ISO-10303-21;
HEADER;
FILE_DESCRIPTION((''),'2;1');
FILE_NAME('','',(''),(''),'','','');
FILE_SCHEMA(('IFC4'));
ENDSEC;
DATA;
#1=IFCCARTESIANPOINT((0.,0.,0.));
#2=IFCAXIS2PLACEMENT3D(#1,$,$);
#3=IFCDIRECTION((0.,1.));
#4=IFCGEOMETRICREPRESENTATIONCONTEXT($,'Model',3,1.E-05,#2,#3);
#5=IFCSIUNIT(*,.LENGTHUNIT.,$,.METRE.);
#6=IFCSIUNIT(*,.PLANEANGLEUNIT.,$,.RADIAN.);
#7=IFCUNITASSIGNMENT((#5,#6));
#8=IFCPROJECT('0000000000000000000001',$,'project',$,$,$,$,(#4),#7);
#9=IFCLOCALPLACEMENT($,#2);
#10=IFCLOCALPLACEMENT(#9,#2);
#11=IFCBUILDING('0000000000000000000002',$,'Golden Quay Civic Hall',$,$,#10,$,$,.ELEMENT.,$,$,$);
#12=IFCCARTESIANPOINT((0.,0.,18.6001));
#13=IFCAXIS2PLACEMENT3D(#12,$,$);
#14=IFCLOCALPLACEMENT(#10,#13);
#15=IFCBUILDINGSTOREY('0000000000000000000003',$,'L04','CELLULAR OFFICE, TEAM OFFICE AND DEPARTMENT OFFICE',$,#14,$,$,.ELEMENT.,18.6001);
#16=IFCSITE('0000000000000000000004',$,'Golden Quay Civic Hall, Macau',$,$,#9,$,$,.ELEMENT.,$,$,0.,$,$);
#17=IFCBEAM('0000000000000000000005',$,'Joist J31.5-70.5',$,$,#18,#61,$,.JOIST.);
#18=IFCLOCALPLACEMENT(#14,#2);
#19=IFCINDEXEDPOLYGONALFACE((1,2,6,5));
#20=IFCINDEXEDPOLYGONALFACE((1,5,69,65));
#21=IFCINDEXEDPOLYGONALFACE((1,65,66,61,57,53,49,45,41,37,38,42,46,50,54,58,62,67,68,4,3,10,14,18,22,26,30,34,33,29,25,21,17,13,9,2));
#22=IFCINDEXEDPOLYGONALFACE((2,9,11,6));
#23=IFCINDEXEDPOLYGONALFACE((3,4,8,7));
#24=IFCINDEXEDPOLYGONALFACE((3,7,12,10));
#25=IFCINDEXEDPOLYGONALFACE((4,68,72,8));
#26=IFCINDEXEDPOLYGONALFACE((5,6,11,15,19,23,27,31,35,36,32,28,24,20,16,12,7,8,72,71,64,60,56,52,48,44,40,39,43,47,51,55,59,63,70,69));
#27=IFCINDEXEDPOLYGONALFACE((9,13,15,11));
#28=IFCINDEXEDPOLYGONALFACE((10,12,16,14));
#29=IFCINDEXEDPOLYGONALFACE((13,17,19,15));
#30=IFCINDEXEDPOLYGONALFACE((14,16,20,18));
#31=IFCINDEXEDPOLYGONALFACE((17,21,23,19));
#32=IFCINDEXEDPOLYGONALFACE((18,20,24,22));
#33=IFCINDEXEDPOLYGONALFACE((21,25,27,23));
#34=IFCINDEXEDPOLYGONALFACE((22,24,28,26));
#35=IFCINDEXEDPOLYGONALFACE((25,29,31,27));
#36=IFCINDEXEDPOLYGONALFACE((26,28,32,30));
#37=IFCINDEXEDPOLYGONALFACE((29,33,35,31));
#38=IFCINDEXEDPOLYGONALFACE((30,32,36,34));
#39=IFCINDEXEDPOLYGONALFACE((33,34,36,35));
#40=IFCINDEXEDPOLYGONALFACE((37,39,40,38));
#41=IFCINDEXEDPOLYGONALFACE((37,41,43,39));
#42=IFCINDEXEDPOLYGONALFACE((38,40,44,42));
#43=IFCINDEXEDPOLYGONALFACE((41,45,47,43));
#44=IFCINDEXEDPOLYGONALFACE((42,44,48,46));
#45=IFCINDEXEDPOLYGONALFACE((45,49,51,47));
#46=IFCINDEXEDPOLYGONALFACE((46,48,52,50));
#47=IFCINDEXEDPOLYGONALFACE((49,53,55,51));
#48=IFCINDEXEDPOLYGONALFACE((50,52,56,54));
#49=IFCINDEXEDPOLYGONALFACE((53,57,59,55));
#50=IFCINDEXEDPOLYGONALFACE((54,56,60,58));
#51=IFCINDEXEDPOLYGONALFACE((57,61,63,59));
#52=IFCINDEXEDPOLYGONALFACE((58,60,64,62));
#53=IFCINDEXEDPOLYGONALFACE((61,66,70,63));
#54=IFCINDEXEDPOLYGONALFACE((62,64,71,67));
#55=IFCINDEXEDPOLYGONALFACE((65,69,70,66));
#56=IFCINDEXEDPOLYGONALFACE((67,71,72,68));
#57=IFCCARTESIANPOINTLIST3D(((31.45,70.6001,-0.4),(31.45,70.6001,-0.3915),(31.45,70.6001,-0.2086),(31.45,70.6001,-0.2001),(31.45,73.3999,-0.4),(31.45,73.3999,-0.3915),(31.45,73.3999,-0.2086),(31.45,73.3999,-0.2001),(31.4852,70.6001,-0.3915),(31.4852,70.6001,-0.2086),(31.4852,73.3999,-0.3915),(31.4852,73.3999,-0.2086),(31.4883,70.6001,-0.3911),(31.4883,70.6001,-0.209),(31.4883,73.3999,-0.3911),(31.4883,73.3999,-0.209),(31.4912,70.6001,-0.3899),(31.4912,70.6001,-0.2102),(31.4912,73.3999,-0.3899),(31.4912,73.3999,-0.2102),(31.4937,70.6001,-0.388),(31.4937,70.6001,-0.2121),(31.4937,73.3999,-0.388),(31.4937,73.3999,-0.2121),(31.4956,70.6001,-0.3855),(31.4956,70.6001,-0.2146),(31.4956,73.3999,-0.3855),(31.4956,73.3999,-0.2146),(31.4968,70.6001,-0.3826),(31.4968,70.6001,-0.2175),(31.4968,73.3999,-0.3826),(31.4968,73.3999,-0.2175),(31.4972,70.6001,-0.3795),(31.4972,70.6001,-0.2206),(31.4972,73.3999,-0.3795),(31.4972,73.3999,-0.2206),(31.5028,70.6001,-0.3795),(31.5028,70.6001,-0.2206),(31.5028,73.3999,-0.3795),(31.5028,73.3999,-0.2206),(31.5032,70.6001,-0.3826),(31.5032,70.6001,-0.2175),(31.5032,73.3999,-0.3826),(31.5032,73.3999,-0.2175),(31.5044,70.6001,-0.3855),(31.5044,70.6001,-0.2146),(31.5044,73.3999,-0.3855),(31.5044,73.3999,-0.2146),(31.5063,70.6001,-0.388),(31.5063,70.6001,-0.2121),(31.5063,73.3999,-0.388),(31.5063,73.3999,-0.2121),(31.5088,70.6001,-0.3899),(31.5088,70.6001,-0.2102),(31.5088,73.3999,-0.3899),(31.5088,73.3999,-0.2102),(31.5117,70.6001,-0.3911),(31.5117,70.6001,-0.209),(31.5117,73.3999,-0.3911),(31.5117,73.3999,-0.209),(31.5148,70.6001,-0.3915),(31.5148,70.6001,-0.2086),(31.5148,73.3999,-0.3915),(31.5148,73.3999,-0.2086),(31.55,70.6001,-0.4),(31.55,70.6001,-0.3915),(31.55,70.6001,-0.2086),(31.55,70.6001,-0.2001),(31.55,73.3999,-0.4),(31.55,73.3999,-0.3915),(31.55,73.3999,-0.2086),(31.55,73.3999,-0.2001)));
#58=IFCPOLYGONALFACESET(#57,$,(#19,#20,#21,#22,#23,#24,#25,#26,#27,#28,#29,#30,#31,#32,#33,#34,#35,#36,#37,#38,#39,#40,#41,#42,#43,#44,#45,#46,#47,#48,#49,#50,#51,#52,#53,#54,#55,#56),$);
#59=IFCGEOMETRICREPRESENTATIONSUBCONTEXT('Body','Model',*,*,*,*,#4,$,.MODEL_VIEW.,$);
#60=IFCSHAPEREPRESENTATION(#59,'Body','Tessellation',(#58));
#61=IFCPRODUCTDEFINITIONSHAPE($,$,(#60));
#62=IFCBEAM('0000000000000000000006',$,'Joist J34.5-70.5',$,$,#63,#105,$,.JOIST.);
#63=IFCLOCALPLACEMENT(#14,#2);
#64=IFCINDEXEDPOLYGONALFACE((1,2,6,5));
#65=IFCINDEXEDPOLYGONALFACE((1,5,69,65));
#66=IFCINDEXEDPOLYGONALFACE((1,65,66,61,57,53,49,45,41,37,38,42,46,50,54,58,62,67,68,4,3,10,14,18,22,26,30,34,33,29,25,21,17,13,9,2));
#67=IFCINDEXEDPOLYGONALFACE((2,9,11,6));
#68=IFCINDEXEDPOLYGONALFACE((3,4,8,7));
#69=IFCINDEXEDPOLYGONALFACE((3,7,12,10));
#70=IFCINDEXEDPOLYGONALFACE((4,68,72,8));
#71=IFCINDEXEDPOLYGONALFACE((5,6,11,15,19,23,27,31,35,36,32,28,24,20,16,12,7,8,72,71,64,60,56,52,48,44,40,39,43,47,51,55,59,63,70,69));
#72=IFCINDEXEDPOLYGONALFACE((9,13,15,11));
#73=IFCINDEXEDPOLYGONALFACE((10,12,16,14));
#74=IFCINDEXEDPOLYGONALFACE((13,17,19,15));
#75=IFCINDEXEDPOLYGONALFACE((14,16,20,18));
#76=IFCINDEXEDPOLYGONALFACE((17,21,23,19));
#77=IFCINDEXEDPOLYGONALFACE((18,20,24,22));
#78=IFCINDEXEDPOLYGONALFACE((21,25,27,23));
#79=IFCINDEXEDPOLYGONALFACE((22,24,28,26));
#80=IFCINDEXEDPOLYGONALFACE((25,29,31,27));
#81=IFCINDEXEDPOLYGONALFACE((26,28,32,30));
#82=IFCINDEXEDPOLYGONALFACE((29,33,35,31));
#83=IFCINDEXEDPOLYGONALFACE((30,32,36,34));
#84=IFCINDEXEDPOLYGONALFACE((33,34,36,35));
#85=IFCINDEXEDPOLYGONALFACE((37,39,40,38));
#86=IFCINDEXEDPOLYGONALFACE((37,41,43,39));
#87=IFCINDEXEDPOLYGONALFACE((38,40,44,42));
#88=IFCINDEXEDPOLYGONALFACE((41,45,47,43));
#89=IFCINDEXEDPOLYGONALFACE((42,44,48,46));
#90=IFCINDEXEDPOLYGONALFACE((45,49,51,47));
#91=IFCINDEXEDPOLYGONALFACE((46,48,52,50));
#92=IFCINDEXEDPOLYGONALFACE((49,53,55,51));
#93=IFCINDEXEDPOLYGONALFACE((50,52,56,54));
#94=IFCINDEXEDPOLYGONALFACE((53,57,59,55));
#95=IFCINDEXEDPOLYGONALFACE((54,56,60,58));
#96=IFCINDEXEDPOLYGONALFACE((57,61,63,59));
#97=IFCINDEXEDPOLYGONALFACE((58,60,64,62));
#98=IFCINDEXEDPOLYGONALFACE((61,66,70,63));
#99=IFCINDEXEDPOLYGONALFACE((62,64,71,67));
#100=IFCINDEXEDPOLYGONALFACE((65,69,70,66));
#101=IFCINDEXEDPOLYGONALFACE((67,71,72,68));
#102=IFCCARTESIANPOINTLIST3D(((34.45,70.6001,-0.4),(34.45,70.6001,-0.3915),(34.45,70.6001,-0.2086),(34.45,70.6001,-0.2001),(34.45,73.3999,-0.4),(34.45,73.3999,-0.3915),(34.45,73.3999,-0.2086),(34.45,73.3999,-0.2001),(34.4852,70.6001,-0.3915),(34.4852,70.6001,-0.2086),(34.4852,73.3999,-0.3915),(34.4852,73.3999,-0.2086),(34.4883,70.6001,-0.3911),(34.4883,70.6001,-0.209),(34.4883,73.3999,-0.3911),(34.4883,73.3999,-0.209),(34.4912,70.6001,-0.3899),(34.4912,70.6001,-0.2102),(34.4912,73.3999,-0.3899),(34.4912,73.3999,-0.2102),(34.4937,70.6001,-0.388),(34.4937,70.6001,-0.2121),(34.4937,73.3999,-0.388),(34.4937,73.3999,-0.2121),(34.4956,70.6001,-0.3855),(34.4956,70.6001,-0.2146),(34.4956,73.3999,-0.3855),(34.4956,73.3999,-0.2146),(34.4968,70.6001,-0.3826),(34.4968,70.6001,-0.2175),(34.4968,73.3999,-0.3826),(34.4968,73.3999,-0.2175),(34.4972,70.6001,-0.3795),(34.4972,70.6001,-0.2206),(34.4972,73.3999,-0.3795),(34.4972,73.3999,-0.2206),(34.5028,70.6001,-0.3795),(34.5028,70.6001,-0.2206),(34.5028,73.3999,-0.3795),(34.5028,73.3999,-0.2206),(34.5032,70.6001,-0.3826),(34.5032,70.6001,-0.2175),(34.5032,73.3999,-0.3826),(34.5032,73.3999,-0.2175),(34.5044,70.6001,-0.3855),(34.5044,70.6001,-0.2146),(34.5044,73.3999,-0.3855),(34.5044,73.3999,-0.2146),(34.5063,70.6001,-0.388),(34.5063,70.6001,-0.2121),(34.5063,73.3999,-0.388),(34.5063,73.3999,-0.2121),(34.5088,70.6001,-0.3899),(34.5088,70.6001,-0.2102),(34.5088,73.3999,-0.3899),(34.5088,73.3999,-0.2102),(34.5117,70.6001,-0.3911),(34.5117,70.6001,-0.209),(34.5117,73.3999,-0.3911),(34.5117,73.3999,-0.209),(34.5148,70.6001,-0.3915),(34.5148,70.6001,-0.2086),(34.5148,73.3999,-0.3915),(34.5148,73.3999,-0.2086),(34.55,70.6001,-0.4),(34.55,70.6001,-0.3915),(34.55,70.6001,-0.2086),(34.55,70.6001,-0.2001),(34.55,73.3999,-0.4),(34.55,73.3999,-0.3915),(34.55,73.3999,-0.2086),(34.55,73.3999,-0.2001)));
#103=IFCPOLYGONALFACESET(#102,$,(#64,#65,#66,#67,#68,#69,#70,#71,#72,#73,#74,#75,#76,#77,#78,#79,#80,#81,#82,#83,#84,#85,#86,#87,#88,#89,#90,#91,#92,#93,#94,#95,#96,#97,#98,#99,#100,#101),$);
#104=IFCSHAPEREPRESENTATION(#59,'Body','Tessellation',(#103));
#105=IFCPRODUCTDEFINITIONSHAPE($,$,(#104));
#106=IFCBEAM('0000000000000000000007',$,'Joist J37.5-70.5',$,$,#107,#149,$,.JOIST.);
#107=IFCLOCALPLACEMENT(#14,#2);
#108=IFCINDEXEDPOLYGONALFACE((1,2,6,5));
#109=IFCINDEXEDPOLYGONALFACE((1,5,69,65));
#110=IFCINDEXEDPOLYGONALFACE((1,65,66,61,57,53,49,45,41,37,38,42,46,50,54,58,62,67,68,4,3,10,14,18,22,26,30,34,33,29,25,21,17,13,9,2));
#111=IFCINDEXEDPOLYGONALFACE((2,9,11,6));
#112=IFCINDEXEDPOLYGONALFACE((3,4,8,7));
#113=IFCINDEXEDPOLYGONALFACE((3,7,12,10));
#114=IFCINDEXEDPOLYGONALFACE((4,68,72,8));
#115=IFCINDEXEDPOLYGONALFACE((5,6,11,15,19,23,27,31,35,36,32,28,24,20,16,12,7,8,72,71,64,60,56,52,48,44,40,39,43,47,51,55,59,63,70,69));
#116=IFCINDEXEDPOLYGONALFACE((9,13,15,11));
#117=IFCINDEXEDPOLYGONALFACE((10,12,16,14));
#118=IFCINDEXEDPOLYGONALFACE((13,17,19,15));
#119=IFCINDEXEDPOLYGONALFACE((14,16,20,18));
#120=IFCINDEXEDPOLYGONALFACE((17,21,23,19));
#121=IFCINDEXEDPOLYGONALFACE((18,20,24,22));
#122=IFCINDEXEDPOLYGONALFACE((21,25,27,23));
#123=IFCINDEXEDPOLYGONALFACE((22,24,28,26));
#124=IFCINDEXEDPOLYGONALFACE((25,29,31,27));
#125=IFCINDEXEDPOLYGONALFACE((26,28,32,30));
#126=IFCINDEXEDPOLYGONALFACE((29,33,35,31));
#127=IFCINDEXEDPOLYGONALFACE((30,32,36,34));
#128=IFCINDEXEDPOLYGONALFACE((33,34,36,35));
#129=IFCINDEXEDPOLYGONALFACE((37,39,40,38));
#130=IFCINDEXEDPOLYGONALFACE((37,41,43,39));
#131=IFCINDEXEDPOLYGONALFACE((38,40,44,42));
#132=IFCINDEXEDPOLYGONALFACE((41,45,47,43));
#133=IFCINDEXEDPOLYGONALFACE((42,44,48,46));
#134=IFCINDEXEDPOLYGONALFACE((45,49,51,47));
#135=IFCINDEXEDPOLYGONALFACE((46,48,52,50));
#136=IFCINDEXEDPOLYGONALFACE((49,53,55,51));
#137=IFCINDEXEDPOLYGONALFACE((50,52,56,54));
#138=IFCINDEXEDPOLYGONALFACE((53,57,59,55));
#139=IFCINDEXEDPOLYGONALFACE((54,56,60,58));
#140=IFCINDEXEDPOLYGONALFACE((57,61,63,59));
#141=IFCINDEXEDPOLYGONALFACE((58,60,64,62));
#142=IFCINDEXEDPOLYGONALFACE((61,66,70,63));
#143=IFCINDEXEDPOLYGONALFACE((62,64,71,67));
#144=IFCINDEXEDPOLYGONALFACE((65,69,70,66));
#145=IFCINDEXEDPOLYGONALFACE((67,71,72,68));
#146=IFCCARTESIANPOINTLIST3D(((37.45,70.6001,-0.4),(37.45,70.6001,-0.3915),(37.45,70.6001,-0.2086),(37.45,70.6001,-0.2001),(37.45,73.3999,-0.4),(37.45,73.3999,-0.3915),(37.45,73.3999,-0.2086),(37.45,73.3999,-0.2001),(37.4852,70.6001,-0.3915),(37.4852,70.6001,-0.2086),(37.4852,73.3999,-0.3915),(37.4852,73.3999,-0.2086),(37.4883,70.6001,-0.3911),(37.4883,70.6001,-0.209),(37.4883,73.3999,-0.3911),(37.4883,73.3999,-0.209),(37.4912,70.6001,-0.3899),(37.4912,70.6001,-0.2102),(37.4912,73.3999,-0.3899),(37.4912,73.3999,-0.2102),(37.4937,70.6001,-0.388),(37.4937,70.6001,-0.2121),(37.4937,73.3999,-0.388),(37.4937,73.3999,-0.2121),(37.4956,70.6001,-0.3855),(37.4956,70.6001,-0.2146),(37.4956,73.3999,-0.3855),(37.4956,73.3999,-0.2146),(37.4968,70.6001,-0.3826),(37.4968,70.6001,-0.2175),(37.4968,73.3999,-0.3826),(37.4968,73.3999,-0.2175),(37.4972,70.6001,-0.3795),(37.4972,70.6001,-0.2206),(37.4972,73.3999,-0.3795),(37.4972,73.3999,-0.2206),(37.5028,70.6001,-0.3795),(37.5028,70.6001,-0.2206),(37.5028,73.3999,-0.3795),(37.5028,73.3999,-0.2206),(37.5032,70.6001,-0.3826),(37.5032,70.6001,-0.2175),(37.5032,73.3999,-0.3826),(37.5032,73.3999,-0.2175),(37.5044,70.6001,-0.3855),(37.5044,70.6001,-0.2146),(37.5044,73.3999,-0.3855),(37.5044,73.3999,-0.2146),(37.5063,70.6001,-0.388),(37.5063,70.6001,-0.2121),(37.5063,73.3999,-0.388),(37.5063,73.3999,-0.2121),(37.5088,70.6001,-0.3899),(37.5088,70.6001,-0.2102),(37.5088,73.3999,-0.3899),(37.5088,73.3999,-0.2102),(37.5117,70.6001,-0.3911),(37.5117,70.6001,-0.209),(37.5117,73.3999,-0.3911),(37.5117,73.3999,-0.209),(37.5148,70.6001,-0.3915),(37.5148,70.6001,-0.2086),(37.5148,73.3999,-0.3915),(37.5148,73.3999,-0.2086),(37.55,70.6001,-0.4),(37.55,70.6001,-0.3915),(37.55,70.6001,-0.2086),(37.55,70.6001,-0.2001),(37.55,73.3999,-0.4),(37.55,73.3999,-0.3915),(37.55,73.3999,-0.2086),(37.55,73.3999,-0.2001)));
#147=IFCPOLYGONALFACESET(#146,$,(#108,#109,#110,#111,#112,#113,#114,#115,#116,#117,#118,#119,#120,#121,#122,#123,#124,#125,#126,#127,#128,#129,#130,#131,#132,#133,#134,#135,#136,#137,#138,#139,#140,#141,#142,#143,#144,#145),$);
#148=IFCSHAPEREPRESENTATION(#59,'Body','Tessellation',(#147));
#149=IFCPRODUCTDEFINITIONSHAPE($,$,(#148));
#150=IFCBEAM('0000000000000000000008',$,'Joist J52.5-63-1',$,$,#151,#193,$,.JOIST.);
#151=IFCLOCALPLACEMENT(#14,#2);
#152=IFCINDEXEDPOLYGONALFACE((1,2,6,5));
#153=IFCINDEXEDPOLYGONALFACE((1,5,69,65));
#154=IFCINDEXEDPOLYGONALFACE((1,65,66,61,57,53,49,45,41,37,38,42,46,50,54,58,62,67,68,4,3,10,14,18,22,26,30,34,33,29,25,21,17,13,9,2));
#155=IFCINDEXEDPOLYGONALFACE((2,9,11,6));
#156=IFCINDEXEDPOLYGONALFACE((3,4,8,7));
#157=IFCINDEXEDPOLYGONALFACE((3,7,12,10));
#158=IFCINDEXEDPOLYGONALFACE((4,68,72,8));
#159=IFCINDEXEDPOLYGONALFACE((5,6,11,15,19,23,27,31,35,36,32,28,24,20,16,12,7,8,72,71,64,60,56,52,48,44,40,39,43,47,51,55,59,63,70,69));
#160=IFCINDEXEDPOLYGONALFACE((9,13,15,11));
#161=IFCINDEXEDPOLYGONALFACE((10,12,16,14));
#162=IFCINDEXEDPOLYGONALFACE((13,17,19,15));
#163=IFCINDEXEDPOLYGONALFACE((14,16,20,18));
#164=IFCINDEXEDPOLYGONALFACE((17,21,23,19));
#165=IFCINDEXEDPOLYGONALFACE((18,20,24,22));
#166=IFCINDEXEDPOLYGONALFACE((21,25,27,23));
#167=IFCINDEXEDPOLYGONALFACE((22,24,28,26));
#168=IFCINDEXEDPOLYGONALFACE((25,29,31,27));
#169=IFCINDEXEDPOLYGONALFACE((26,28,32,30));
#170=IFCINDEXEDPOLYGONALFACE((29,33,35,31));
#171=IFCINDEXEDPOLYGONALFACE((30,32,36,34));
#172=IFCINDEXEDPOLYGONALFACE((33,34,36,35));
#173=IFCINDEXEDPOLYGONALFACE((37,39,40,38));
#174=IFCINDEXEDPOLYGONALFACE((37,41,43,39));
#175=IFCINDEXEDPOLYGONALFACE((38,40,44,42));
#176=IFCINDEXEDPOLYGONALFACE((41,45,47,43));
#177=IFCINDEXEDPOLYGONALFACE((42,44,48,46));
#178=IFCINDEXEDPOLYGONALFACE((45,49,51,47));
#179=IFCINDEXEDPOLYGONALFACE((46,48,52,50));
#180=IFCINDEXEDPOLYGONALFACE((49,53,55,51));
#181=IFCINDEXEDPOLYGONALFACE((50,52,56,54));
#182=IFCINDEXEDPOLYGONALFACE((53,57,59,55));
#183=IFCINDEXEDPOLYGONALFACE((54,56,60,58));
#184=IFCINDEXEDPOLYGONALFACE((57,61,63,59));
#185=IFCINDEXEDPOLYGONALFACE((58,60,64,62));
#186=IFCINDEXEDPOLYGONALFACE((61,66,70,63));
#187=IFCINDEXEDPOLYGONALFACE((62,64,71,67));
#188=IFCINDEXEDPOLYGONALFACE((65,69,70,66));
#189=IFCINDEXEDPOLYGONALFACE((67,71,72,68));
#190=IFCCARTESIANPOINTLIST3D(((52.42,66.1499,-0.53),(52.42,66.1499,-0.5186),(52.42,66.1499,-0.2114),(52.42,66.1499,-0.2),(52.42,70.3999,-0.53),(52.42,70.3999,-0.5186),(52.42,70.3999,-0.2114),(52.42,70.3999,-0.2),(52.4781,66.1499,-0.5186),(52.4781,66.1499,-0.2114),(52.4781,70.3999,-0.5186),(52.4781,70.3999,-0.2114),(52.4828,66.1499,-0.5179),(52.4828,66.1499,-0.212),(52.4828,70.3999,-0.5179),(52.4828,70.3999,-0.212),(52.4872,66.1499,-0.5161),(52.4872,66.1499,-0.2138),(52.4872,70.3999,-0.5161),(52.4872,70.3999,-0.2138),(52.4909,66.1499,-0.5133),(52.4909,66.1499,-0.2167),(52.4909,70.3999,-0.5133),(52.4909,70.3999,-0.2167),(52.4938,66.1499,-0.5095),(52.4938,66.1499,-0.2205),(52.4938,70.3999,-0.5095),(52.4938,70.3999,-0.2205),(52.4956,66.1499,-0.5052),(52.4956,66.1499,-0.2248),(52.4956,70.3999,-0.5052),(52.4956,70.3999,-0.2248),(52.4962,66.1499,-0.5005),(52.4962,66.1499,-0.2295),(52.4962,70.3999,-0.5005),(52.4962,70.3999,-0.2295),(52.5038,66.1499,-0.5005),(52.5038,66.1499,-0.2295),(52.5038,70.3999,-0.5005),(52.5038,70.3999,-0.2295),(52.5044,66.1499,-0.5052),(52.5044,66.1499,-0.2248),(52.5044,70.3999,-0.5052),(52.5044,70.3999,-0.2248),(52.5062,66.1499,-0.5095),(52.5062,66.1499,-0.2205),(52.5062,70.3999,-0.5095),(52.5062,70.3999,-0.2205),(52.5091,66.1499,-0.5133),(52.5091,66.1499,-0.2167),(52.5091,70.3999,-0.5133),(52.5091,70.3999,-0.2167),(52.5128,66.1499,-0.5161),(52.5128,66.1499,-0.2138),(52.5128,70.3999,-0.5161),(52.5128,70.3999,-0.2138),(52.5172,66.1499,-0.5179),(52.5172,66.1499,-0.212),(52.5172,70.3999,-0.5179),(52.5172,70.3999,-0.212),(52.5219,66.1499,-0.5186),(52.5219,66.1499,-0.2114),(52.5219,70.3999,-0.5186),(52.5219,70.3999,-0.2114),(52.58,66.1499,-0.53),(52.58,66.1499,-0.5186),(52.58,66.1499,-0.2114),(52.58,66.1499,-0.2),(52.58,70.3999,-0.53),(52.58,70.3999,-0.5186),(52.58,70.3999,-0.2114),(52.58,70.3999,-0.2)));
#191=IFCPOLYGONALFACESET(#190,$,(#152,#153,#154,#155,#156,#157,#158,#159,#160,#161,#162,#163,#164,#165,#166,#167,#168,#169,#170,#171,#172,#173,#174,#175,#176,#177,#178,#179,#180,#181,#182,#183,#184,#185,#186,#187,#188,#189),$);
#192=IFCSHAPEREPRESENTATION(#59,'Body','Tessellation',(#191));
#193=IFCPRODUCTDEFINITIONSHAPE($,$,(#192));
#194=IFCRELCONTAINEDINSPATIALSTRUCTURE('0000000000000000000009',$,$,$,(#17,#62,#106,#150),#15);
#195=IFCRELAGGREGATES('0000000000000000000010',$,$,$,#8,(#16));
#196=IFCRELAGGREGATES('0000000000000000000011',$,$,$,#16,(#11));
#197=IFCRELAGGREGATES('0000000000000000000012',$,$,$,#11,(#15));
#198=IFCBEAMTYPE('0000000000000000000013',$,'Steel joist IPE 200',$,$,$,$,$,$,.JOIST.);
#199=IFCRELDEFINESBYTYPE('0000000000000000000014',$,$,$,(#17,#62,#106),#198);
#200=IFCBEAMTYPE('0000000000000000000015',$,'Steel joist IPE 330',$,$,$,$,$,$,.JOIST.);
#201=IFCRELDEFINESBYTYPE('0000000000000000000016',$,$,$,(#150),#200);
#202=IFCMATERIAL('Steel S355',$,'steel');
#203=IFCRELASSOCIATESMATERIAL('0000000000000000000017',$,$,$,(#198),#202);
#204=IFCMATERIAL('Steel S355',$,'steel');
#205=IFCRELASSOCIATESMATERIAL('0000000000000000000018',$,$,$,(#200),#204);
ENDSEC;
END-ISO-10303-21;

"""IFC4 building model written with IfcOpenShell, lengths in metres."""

from ifc_helpers import new_model, si_unit, direction, frame, origin, origin_2d, place, context, subcontext, project, spatial, i_section, extrude, material, material_profile, profile_set, type_object, element, save


model = new_model("IFC4")

# Units and contexts
model_context = context("Model", 3, precision=1e-05, world=origin(), true_north=direction((0.0, 1.0)))
body_context = subcontext(model_context, "Body", "Model", "MODEL_VIEW")
ifc_project = project(units=[si_unit("LENGTHUNIT", "METRE"), si_unit("PLANEANGLEUNIT", "RADIAN")], contexts=[model_context])

# Site, building, storey
site_placement = place(None, origin())
site = spatial("IfcSite", under=ifc_project, at=site_placement, Name="Golden Quay Civic Hall, Macau", CompositionType="ELEMENT", RefElevation=0.0)
building_placement = place(site_placement, origin())
building = spatial("IfcBuilding", under=site, at=building_placement, Name="Golden Quay Civic Hall", CompositionType="ELEMENT")
storey_placement = place(building_placement, frame((0.0, 0.0, 18.6001)))
storey = spatial("IfcBuildingStorey", under=building, at=storey_placement, Name="L04", Description="CELLULAR OFFICE, TEAM OFFICE AND DEPARTMENT OFFICE", CompositionType="ELEMENT", Elevation=18.6001)

# Beams
ifc_material_1 = material(Name="Steel S355", Category="steel")
ifc_material_profile_1 = material_profile(ifc_material_1, i_section(OverallWidth=0.1001, OverallDepth=0.2, WebThickness=0.0056, FlangeThickness=0.0085, FilletRadius=0.012, at=origin_2d()), Name="IPE 200")
ifc_profile_set_1 = profile_set([ifc_material_profile_1], Name="Steel S355")
beam_type_1 = type_object("IfcBeamType", Name="Steel joist IPE 200", PredefinedType="JOIST", material=ifc_profile_set_1)
for number, where, z_axis, x_axis, name in (
    (1, (31.5, 70.6001, -0.3), (0.0, 1.0, 0.0), (-1.0, 0.0, 0.0), "Joist J31.5-70.5"),
    (2, (34.5, 70.6001, -0.3), (0.0, 1.0, 0.0), (-1.0, 0.0, 0.0), "Joist J34.5-70.5"),
    (3, (37.5, 70.6001, -0.3), (0.0, 1.0, 0.0), (-1.0, 0.0, 0.0), "Joist J37.5-70.5"),
):
    element("IfcBeam", number, at=place(storey_placement, frame(where, z_axis=z_axis, x_axis=x_axis)), inside=storey, type_object=beam_type_1, Name=name, PredefinedType="JOIST", context=body_context, shape_type="SweptSolid", body=[
        extrude(i_section(OverallWidth=0.1001, OverallDepth=0.2, WebThickness=0.0056, FlangeThickness=0.0085, FilletRadius=0.012, at=origin_2d()), origin(), (0.0, 0.0, 1.0), 2.7998),
    ])
ifc_material_2 = material(Name="Steel S355", Category="steel")
ifc_material_profile_2 = material_profile(ifc_material_2, i_section(OverallWidth=0.1599, OverallDepth=0.3301, WebThickness=0.0076, FlangeThickness=0.0115, FilletRadius=0.0181, at=origin_2d()), Name="IPE 330")
ifc_profile_set_2 = profile_set([ifc_material_profile_2], Name="Steel S355")
beam_type_2 = type_object("IfcBeamType", Name="Steel joist IPE 330", PredefinedType="JOIST", material=ifc_profile_set_2)
beam_1_placement = place(storey_placement, frame((52.5, 66.1499, -0.365), z_axis=(0.0, 1.0, 0.0), x_axis=(-1.0, 0.0, 0.0)))
element("IfcBeam", 4, at=beam_1_placement, inside=storey, type_object=beam_type_2, Name="Joist J52.5-63-1", PredefinedType="JOIST", context=body_context, shape_type="SweptSolid", body=[
    extrude(i_section(OverallWidth=0.1599, OverallDepth=0.3301, WebThickness=0.0076, FlangeThickness=0.0115, FilletRadius=0.0181, at=origin_2d()), origin(), (0.0, 0.0, 1.0), 4.25),
])

save(model, "model.ifc")
